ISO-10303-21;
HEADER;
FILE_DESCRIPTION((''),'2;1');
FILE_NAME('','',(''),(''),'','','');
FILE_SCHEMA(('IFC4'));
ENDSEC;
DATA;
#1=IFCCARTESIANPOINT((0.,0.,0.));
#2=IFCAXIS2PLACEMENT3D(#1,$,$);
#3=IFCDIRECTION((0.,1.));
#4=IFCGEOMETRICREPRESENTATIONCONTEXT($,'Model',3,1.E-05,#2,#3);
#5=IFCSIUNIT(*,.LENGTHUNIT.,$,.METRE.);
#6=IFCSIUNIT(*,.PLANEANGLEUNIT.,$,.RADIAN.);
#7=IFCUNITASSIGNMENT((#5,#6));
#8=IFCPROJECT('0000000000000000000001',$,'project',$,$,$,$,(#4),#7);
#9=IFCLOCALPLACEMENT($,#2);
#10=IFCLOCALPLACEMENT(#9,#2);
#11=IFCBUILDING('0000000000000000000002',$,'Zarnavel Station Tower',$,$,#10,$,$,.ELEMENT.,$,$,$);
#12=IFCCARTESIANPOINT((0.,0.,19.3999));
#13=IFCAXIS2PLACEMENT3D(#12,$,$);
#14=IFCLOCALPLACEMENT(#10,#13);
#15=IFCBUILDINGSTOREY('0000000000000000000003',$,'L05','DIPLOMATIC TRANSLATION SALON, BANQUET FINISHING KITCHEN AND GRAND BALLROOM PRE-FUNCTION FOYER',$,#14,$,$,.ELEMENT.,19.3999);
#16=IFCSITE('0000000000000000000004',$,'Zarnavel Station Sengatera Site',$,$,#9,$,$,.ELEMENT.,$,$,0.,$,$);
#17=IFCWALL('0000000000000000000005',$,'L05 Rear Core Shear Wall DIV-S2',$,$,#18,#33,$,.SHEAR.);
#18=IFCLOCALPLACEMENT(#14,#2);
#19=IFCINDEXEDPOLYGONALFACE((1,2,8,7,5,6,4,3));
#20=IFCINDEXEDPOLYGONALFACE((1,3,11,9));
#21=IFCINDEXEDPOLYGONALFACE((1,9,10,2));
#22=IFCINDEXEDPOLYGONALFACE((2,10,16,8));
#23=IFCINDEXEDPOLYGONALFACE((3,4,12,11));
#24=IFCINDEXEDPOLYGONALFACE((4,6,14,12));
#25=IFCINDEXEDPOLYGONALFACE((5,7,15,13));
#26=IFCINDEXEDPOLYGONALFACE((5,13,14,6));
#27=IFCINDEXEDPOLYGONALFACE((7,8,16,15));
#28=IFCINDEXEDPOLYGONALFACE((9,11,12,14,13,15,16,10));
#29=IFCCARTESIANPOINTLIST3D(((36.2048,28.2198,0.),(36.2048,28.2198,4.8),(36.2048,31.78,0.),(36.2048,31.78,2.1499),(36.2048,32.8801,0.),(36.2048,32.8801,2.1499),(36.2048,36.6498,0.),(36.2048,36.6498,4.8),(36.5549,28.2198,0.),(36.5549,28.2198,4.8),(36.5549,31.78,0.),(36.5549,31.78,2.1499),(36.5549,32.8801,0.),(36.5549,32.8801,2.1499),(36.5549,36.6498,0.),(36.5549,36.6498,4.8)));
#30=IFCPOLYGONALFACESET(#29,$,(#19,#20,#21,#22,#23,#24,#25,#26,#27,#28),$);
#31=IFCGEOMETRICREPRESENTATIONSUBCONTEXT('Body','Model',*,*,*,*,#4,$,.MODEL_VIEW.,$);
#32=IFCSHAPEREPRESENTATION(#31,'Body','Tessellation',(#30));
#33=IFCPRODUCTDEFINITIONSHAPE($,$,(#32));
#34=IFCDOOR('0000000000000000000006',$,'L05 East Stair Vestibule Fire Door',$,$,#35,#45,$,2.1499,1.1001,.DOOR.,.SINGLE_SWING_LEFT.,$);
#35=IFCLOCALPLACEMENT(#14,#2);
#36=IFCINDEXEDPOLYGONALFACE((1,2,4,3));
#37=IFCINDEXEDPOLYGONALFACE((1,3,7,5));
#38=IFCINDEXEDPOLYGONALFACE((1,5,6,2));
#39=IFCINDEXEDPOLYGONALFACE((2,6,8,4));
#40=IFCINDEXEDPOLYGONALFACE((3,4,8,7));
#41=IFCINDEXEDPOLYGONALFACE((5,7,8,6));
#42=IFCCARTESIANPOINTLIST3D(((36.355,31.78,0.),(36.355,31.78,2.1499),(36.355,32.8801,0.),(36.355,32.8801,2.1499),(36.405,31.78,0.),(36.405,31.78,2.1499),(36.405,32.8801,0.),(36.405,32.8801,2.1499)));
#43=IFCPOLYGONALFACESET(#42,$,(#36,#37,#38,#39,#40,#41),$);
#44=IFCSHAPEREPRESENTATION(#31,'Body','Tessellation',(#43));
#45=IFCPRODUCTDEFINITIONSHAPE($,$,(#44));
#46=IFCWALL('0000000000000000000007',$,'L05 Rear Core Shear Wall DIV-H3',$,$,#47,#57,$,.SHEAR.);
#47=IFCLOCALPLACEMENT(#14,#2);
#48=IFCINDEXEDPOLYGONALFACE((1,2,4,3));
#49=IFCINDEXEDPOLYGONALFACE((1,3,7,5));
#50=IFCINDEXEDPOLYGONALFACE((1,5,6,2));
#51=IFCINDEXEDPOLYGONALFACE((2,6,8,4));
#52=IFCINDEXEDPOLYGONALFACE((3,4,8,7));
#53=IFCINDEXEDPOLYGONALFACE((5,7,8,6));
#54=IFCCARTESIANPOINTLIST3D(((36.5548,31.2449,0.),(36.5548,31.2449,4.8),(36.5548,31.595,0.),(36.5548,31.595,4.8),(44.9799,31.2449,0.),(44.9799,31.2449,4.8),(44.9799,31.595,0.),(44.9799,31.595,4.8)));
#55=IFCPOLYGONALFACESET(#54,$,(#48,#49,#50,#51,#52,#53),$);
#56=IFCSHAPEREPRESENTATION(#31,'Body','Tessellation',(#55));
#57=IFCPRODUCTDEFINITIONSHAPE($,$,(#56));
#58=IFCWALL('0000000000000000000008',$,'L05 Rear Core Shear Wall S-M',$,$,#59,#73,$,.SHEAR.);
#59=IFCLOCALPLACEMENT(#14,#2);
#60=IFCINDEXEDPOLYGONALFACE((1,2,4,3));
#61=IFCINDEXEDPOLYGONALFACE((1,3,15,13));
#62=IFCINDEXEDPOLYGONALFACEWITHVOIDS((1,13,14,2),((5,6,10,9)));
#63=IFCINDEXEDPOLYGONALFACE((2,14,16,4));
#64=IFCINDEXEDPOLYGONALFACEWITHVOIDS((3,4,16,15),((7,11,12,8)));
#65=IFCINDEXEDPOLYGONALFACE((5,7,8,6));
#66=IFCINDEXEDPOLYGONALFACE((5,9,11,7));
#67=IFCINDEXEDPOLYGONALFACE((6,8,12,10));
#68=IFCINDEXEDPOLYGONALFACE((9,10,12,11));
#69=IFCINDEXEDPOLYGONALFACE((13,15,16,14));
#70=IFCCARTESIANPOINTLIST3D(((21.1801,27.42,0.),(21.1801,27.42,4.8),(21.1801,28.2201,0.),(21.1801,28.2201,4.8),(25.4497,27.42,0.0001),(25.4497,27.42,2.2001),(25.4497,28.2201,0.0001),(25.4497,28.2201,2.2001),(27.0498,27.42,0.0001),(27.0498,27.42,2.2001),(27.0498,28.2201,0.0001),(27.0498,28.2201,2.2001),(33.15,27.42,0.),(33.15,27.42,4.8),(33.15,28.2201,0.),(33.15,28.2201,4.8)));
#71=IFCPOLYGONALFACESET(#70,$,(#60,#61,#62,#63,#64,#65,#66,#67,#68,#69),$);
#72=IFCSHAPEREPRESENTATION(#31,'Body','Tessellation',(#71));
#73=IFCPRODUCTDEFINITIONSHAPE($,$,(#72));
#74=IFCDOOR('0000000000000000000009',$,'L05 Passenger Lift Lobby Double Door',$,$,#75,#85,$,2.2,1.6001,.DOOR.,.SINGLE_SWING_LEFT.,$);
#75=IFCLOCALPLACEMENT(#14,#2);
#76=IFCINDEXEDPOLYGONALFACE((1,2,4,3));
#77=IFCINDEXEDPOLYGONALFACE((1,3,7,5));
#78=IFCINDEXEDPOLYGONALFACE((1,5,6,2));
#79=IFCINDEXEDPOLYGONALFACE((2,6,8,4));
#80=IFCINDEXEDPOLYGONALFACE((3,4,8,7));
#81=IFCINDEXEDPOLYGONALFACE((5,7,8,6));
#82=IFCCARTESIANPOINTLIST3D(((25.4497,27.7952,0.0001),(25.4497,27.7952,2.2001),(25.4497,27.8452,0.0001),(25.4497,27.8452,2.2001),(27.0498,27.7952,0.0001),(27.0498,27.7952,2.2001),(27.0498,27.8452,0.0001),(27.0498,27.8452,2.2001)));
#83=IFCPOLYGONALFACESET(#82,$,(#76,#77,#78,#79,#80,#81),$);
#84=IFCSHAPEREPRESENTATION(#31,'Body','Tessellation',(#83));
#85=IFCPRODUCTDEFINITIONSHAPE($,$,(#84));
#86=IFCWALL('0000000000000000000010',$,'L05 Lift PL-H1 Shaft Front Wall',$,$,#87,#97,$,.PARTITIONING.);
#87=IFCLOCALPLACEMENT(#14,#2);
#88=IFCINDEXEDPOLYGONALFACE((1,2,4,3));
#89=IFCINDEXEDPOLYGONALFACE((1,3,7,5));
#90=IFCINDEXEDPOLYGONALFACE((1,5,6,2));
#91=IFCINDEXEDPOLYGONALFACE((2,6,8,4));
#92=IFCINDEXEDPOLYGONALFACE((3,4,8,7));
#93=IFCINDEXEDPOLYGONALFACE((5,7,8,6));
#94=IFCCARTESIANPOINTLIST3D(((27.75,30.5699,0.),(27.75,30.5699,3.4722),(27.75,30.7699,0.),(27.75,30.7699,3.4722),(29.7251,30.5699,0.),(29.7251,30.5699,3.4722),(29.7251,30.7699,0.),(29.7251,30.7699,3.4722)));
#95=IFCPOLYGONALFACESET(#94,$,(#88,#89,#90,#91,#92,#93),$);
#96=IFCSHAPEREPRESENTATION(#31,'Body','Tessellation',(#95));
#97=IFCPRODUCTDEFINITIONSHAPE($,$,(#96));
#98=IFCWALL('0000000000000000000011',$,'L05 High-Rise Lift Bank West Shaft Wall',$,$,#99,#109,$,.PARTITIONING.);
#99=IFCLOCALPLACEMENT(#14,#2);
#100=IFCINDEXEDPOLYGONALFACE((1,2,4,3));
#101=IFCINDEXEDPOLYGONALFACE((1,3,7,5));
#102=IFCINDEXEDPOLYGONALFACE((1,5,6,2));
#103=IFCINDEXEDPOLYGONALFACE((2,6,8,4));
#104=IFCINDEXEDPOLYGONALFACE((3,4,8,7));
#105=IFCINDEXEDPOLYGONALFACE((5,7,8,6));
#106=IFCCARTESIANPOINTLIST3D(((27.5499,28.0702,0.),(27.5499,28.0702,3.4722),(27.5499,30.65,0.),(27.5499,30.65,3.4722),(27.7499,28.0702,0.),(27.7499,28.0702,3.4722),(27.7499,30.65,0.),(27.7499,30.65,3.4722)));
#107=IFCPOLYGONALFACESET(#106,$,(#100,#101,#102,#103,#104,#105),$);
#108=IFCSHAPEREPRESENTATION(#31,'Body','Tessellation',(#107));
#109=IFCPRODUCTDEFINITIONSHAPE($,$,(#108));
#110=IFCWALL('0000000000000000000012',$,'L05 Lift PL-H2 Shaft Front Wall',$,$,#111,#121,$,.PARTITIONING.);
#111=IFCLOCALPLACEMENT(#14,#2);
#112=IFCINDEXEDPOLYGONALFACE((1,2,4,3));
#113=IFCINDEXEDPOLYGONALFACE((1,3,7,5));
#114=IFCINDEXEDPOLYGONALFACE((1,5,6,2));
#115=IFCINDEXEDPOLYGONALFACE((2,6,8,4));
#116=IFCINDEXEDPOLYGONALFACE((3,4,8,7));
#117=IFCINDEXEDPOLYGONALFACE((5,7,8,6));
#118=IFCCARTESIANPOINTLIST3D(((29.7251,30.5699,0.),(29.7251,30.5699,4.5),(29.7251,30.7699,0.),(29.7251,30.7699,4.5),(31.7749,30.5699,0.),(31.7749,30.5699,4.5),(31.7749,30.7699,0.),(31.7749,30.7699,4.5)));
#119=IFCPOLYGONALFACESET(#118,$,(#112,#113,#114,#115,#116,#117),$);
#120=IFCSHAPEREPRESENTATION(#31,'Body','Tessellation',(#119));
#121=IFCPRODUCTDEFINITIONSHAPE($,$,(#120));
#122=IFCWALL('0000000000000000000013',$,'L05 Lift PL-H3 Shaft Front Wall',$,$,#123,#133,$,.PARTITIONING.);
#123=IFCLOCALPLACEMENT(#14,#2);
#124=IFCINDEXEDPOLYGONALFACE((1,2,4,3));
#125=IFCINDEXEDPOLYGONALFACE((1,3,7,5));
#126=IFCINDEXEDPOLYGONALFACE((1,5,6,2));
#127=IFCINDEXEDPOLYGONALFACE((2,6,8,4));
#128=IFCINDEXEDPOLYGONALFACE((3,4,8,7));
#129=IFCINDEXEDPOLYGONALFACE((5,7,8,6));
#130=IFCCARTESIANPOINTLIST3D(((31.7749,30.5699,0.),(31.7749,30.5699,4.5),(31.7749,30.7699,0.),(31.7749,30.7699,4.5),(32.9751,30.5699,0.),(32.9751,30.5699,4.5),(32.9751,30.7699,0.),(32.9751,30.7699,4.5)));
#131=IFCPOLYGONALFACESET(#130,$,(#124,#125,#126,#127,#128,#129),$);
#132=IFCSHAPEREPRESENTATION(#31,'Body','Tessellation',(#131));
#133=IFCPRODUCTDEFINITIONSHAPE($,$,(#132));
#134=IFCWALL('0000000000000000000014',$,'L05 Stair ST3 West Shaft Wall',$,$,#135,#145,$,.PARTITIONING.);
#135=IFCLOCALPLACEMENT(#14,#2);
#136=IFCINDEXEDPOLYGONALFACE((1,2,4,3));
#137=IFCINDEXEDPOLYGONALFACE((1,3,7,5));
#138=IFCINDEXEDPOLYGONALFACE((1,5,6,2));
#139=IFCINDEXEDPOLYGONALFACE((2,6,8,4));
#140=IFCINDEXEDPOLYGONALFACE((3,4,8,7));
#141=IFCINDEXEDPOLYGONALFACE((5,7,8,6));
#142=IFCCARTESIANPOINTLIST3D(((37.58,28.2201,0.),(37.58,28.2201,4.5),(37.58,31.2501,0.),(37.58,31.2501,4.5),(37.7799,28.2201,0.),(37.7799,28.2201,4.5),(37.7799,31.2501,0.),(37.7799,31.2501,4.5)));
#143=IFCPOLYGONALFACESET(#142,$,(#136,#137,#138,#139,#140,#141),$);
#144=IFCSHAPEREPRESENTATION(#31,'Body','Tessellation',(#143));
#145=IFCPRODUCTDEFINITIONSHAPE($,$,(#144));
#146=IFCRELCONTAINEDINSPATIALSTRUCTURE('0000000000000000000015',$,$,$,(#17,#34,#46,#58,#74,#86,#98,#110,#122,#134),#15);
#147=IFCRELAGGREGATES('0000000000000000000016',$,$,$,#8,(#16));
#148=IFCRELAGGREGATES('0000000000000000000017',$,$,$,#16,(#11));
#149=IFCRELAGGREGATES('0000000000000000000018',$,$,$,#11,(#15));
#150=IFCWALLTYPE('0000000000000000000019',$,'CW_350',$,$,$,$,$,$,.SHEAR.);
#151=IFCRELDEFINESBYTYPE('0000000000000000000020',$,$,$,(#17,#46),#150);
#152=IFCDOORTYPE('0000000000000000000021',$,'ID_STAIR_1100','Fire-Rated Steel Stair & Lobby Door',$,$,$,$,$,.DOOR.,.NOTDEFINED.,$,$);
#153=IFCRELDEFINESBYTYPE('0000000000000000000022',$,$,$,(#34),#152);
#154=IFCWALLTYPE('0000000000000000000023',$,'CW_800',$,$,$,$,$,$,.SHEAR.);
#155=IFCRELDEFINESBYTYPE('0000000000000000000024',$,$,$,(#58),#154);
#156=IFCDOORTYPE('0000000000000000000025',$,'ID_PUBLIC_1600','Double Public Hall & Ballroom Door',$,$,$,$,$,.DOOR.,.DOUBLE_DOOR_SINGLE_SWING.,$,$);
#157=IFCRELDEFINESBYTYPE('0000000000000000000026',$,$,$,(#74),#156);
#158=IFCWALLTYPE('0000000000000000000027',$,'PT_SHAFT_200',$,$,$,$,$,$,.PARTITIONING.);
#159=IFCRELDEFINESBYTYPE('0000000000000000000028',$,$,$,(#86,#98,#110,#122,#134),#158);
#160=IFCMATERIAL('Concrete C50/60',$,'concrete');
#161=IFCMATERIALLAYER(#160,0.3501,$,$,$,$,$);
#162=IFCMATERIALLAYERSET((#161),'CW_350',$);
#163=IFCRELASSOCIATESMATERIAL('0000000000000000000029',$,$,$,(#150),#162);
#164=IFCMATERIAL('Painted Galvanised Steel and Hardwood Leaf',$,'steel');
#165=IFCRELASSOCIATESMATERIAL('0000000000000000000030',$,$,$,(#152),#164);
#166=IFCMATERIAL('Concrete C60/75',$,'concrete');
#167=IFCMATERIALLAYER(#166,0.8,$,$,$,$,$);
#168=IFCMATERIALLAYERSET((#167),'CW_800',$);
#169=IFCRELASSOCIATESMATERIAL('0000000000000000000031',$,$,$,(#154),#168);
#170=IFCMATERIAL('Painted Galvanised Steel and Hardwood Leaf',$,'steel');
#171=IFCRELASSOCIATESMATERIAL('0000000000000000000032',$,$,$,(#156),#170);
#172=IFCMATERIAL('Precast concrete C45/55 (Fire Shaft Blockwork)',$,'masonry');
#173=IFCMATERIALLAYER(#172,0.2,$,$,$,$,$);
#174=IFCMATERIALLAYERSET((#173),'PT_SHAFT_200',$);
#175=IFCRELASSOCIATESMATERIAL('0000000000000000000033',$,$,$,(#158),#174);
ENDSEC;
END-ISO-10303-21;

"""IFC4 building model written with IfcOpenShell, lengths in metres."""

from ifc_helpers import new_model, si_unit, direction, frame, frame_2d, origin, place, context, subcontext, project, spatial, rectangle, extrude, material, layer, layer_set, type_object, element, fill, save


model = new_model("IFC4")

# Units and contexts
model_context = context("Model", 3, precision=1e-05, world=origin(), true_north=direction((0.0, 1.0)))
body_context = subcontext(model_context, "Body", "Model", "MODEL_VIEW")
ifc_project = project(units=[si_unit("LENGTHUNIT", "METRE"), si_unit("PLANEANGLEUNIT", "RADIAN")], contexts=[model_context])

# Site, building, storey
site_placement = place(None, origin())
site = spatial("IfcSite", under=ifc_project, at=site_placement, Name="Zarnavel Station Sengatera Site", CompositionType="ELEMENT", RefElevation=0.0)
building_placement = place(site_placement, origin())
building = spatial("IfcBuilding", under=site, at=building_placement, Name="Zarnavel Station Tower", CompositionType="ELEMENT")
storey_placement = place(building_placement, frame((0.0, 0.0, 19.3999)))
storey = spatial("IfcBuildingStorey", under=building, at=storey_placement, Name="L05", Description="DIPLOMATIC TRANSLATION SALON, BANQUET FINISHING KITCHEN AND GRAND BALLROOM PRE-FUNCTION FOYER", CompositionType="ELEMENT", Elevation=19.3999)

# Shared definitions
ifc_material_1 = material(Name="Concrete C50/60", Category="concrete")
ifc_layer_1 = layer(ifc_material_1, 0.3501)
ifc_layer_set_1 = layer_set([ifc_layer_1], Name="CW_350")
wall_type_1 = type_object("IfcWallType", Name="CW_350", PredefinedType="SHEAR", material=ifc_layer_set_1)

# Wall, opening, door
wall_1_placement = place(storey_placement, frame((36.3799, 28.22, 0.0), z_axis=(0.0, 0.0, 1.0), x_axis=(0.0, 1.0, 0.0)))
wall_1 = element("IfcWall", 1, at=wall_1_placement, inside=storey, type_object=wall_type_1, Name="L05 Rear Core Shear Wall DIV-S2", PredefinedType="SHEAR", context=body_context, shape_type="SweptSolid", body=[
    extrude(rectangle(XDim=8.4299, YDim=0.3501, at=frame_2d((4.2148, 0.0))), origin(), (0.0, 0.0, 1.0), 4.8),
])
opening_1_placement = place(wall_1_placement, frame((3.5601, 0.0, 0.0)))
opening_1 = element("IfcOpeningElement", 2, at=opening_1_placement, cuts=wall_1, PredefinedType="OPENING", context=body_context, shape_type="SweptSolid", body=[
    extrude(rectangle(XDim=1.1001, YDim=2.1499, at=frame_2d((0.55, 1.075))), frame((0.0, 0.1851, 0.0), z_axis=(0.0, -1.0, 0.0), x_axis=(1.0, 0.0, 0.0)), (0.0, 0.0, 1.0), 0.3701),
])
ifc_material_2 = material(Name="Painted Galvanised Steel and Hardwood Leaf", Category="steel")
door_type_1 = type_object("IfcDoorType", Name="ID_STAIR_1100", Description="Fire-Rated Steel Stair & Lobby Door", OperationType="NOTDEFINED", PredefinedType="DOOR", material=ifc_material_2)
door_1_placement = place(opening_1_placement, origin())
door_1 = element("IfcDoor", 3, at=door_1_placement, inside=storey, type_object=door_type_1, Name="L05 East Stair Vestibule Fire Door", OperationType="SINGLE_SWING_LEFT", OverallHeight=2.1499, OverallWidth=1.1001, PredefinedType="DOOR", context=body_context, shape_type="SweptSolid", body=[
    extrude(rectangle(XDim=1.1001, YDim=2.1499, at=frame_2d((0.55, 1.075))), frame((0.0, 0.0249, 0.0), z_axis=(0.0, -1.0, 0.0), x_axis=(1.0, 0.0, 0.0)), (0.0, 0.0, 1.0), 0.05),
])
fill(opening_1, door_1)

# Wall
wall_2_placement = place(storey_placement, frame((36.5549, 31.4199, 0.0), z_axis=(0.0, 0.0, 1.0), x_axis=(1.0, 0.0, 0.0)))
element("IfcWall", 4, at=wall_2_placement, inside=storey, type_object=wall_type_1, Name="L05 Rear Core Shear Wall DIV-H3", PredefinedType="SHEAR", context=body_context, shape_type="SweptSolid", body=[
    extrude(rectangle(XDim=8.425, YDim=0.3501, at=frame_2d((4.2124, 0.0))), origin(), (0.0, 0.0, 1.0), 4.8),
])

# Wall, opening, door
ifc_material_3 = material(Name="Concrete C60/75", Category="concrete")
ifc_layer_2 = layer(ifc_material_3, 0.8)
ifc_layer_set_2 = layer_set([ifc_layer_2], Name="CW_800")
wall_type_2 = type_object("IfcWallType", Name="CW_800", PredefinedType="SHEAR", material=ifc_layer_set_2)
wall_3_placement = place(storey_placement, frame((33.1499, 27.8201, 0.0), z_axis=(0.0, 0.0, 1.0), x_axis=(-1.0, 0.0, 0.0)))
wall_3 = element("IfcWall", 5, at=wall_3_placement, inside=storey, type_object=wall_type_2, Name="L05 Rear Core Shear Wall S-M", PredefinedType="SHEAR", context=body_context, shape_type="SweptSolid", body=[
    extrude(rectangle(XDim=11.97, YDim=0.8, at=frame_2d((5.9849, 0.0))), origin(), (0.0, 0.0, 1.0), 4.8),
])
opening_2_placement = place(wall_3_placement, frame((6.1001, 0.0, 0.0)))
opening_2 = element("IfcOpeningElement", 6, at=opening_2_placement, cuts=wall_3, PredefinedType="OPENING", context=body_context, shape_type="SweptSolid", body=[
    extrude(rectangle(XDim=1.6001, YDim=2.2, at=frame_2d((0.8, 1.1001))), frame((0.0, 0.4099, 0.0), z_axis=(0.0, -1.0, 0.0), x_axis=(1.0, 0.0, 0.0)), (0.0, 0.0, 1.0), 0.8201),
])
ifc_material_4 = material(Name="Painted Galvanised Steel and Hardwood Leaf", Category="steel")
door_type_2 = type_object("IfcDoorType", Name="ID_PUBLIC_1600", Description="Double Public Hall & Ballroom Door", OperationType="DOUBLE_DOOR_SINGLE_SWING", PredefinedType="DOOR", material=ifc_material_4)
door_2_placement = place(opening_2_placement, origin())
door_2 = element("IfcDoor", 7, at=door_2_placement, inside=storey, type_object=door_type_2, Name="L05 Passenger Lift Lobby Double Door", OperationType="SINGLE_SWING_LEFT", OverallHeight=2.2, OverallWidth=1.6001, PredefinedType="DOOR", context=body_context, shape_type="SweptSolid", body=[
    extrude(rectangle(XDim=1.6001, YDim=2.2, at=frame_2d((0.8, 1.1001))), frame((0.0, 0.0249, 0.0), z_axis=(0.0, -1.0, 0.0), x_axis=(1.0, 0.0, 0.0)), (0.0, 0.0, 1.0), 0.05),
])
fill(opening_2, door_2)

# Walls
ifc_material_5 = material(Name="Precast concrete C45/55 (Fire Shaft Blockwork)", Category="masonry")
ifc_layer_3 = layer(ifc_material_5, 0.2)
ifc_layer_set_3 = layer_set([ifc_layer_3], Name="PT_SHAFT_200")
wall_type_3 = type_object("IfcWallType", Name="PT_SHAFT_200", PredefinedType="PARTITIONING", material=ifc_layer_set_3)
wall_4_placement = place(storey_placement, frame((27.75, 30.6699, 0.0), z_axis=(0.0, 0.0, 1.0), x_axis=(1.0, 0.0, 0.0)))
element("IfcWall", 8, at=wall_4_placement, inside=storey, type_object=wall_type_3, Name="L05 Lift PL-H1 Shaft Front Wall", PredefinedType="PARTITIONING", context=body_context, shape_type="SweptSolid", body=[
    extrude(rectangle(XDim=1.9751, YDim=0.2, at=frame_2d((0.9875, 0.0))), origin(), (0.0, 0.0, 1.0), 3.4722),
])
wall_5_placement = place(storey_placement, frame((27.6499, 28.0701, 0.0), z_axis=(0.0, 0.0, 1.0), x_axis=(0.0, 1.0, 0.0)))
element("IfcWall", 9, at=wall_5_placement, inside=storey, type_object=wall_type_3, Name="L05 High-Rise Lift Bank West Shaft Wall", PredefinedType="PARTITIONING", context=body_context, shape_type="SweptSolid", body=[
    extrude(rectangle(XDim=2.5798, YDim=0.2, at=frame_2d((1.29, 0.0))), origin(), (0.0, 0.0, 1.0), 3.4722),
])
wall_6_placement = place(storey_placement, frame((29.7251, 30.6699, 0.0), z_axis=(0.0, 0.0, 1.0), x_axis=(1.0, 0.0, 0.0)))
element("IfcWall", 10, at=wall_6_placement, inside=storey, type_object=wall_type_3, Name="L05 Lift PL-H2 Shaft Front Wall", PredefinedType="PARTITIONING", context=body_context, shape_type="SweptSolid", body=[
    extrude(rectangle(XDim=2.0498, YDim=0.2, at=frame_2d((1.0249, 0.0))), origin(), (0.0, 0.0, 1.0), 4.5),
])
wall_7_placement = place(storey_placement, frame((31.7749, 30.6699, 0.0), z_axis=(0.0, 0.0, 1.0), x_axis=(1.0, 0.0, 0.0)))
element("IfcWall", 11, at=wall_7_placement, inside=storey, type_object=wall_type_3, Name="L05 Lift PL-H3 Shaft Front Wall", PredefinedType="PARTITIONING", context=body_context, shape_type="SweptSolid", body=[
    extrude(rectangle(XDim=1.2002, YDim=0.2, at=frame_2d((0.6001, 0.0))), origin(), (0.0, 0.0, 1.0), 4.5),
])
wall_8_placement = place(storey_placement, frame((37.6799, 28.22, 0.0), z_axis=(0.0, 0.0, 1.0), x_axis=(0.0, 1.0, 0.0)))
element("IfcWall", 12, at=wall_8_placement, inside=storey, type_object=wall_type_3, Name="L05 Stair ST3 West Shaft Wall", PredefinedType="PARTITIONING", context=body_context, shape_type="SweptSolid", body=[
    extrude(rectangle(XDim=3.03, YDim=0.2, at=frame_2d((1.5151, 0.0))), origin(), (0.0, 0.0, 1.0), 4.5),
])

save(model, "model.ifc")
